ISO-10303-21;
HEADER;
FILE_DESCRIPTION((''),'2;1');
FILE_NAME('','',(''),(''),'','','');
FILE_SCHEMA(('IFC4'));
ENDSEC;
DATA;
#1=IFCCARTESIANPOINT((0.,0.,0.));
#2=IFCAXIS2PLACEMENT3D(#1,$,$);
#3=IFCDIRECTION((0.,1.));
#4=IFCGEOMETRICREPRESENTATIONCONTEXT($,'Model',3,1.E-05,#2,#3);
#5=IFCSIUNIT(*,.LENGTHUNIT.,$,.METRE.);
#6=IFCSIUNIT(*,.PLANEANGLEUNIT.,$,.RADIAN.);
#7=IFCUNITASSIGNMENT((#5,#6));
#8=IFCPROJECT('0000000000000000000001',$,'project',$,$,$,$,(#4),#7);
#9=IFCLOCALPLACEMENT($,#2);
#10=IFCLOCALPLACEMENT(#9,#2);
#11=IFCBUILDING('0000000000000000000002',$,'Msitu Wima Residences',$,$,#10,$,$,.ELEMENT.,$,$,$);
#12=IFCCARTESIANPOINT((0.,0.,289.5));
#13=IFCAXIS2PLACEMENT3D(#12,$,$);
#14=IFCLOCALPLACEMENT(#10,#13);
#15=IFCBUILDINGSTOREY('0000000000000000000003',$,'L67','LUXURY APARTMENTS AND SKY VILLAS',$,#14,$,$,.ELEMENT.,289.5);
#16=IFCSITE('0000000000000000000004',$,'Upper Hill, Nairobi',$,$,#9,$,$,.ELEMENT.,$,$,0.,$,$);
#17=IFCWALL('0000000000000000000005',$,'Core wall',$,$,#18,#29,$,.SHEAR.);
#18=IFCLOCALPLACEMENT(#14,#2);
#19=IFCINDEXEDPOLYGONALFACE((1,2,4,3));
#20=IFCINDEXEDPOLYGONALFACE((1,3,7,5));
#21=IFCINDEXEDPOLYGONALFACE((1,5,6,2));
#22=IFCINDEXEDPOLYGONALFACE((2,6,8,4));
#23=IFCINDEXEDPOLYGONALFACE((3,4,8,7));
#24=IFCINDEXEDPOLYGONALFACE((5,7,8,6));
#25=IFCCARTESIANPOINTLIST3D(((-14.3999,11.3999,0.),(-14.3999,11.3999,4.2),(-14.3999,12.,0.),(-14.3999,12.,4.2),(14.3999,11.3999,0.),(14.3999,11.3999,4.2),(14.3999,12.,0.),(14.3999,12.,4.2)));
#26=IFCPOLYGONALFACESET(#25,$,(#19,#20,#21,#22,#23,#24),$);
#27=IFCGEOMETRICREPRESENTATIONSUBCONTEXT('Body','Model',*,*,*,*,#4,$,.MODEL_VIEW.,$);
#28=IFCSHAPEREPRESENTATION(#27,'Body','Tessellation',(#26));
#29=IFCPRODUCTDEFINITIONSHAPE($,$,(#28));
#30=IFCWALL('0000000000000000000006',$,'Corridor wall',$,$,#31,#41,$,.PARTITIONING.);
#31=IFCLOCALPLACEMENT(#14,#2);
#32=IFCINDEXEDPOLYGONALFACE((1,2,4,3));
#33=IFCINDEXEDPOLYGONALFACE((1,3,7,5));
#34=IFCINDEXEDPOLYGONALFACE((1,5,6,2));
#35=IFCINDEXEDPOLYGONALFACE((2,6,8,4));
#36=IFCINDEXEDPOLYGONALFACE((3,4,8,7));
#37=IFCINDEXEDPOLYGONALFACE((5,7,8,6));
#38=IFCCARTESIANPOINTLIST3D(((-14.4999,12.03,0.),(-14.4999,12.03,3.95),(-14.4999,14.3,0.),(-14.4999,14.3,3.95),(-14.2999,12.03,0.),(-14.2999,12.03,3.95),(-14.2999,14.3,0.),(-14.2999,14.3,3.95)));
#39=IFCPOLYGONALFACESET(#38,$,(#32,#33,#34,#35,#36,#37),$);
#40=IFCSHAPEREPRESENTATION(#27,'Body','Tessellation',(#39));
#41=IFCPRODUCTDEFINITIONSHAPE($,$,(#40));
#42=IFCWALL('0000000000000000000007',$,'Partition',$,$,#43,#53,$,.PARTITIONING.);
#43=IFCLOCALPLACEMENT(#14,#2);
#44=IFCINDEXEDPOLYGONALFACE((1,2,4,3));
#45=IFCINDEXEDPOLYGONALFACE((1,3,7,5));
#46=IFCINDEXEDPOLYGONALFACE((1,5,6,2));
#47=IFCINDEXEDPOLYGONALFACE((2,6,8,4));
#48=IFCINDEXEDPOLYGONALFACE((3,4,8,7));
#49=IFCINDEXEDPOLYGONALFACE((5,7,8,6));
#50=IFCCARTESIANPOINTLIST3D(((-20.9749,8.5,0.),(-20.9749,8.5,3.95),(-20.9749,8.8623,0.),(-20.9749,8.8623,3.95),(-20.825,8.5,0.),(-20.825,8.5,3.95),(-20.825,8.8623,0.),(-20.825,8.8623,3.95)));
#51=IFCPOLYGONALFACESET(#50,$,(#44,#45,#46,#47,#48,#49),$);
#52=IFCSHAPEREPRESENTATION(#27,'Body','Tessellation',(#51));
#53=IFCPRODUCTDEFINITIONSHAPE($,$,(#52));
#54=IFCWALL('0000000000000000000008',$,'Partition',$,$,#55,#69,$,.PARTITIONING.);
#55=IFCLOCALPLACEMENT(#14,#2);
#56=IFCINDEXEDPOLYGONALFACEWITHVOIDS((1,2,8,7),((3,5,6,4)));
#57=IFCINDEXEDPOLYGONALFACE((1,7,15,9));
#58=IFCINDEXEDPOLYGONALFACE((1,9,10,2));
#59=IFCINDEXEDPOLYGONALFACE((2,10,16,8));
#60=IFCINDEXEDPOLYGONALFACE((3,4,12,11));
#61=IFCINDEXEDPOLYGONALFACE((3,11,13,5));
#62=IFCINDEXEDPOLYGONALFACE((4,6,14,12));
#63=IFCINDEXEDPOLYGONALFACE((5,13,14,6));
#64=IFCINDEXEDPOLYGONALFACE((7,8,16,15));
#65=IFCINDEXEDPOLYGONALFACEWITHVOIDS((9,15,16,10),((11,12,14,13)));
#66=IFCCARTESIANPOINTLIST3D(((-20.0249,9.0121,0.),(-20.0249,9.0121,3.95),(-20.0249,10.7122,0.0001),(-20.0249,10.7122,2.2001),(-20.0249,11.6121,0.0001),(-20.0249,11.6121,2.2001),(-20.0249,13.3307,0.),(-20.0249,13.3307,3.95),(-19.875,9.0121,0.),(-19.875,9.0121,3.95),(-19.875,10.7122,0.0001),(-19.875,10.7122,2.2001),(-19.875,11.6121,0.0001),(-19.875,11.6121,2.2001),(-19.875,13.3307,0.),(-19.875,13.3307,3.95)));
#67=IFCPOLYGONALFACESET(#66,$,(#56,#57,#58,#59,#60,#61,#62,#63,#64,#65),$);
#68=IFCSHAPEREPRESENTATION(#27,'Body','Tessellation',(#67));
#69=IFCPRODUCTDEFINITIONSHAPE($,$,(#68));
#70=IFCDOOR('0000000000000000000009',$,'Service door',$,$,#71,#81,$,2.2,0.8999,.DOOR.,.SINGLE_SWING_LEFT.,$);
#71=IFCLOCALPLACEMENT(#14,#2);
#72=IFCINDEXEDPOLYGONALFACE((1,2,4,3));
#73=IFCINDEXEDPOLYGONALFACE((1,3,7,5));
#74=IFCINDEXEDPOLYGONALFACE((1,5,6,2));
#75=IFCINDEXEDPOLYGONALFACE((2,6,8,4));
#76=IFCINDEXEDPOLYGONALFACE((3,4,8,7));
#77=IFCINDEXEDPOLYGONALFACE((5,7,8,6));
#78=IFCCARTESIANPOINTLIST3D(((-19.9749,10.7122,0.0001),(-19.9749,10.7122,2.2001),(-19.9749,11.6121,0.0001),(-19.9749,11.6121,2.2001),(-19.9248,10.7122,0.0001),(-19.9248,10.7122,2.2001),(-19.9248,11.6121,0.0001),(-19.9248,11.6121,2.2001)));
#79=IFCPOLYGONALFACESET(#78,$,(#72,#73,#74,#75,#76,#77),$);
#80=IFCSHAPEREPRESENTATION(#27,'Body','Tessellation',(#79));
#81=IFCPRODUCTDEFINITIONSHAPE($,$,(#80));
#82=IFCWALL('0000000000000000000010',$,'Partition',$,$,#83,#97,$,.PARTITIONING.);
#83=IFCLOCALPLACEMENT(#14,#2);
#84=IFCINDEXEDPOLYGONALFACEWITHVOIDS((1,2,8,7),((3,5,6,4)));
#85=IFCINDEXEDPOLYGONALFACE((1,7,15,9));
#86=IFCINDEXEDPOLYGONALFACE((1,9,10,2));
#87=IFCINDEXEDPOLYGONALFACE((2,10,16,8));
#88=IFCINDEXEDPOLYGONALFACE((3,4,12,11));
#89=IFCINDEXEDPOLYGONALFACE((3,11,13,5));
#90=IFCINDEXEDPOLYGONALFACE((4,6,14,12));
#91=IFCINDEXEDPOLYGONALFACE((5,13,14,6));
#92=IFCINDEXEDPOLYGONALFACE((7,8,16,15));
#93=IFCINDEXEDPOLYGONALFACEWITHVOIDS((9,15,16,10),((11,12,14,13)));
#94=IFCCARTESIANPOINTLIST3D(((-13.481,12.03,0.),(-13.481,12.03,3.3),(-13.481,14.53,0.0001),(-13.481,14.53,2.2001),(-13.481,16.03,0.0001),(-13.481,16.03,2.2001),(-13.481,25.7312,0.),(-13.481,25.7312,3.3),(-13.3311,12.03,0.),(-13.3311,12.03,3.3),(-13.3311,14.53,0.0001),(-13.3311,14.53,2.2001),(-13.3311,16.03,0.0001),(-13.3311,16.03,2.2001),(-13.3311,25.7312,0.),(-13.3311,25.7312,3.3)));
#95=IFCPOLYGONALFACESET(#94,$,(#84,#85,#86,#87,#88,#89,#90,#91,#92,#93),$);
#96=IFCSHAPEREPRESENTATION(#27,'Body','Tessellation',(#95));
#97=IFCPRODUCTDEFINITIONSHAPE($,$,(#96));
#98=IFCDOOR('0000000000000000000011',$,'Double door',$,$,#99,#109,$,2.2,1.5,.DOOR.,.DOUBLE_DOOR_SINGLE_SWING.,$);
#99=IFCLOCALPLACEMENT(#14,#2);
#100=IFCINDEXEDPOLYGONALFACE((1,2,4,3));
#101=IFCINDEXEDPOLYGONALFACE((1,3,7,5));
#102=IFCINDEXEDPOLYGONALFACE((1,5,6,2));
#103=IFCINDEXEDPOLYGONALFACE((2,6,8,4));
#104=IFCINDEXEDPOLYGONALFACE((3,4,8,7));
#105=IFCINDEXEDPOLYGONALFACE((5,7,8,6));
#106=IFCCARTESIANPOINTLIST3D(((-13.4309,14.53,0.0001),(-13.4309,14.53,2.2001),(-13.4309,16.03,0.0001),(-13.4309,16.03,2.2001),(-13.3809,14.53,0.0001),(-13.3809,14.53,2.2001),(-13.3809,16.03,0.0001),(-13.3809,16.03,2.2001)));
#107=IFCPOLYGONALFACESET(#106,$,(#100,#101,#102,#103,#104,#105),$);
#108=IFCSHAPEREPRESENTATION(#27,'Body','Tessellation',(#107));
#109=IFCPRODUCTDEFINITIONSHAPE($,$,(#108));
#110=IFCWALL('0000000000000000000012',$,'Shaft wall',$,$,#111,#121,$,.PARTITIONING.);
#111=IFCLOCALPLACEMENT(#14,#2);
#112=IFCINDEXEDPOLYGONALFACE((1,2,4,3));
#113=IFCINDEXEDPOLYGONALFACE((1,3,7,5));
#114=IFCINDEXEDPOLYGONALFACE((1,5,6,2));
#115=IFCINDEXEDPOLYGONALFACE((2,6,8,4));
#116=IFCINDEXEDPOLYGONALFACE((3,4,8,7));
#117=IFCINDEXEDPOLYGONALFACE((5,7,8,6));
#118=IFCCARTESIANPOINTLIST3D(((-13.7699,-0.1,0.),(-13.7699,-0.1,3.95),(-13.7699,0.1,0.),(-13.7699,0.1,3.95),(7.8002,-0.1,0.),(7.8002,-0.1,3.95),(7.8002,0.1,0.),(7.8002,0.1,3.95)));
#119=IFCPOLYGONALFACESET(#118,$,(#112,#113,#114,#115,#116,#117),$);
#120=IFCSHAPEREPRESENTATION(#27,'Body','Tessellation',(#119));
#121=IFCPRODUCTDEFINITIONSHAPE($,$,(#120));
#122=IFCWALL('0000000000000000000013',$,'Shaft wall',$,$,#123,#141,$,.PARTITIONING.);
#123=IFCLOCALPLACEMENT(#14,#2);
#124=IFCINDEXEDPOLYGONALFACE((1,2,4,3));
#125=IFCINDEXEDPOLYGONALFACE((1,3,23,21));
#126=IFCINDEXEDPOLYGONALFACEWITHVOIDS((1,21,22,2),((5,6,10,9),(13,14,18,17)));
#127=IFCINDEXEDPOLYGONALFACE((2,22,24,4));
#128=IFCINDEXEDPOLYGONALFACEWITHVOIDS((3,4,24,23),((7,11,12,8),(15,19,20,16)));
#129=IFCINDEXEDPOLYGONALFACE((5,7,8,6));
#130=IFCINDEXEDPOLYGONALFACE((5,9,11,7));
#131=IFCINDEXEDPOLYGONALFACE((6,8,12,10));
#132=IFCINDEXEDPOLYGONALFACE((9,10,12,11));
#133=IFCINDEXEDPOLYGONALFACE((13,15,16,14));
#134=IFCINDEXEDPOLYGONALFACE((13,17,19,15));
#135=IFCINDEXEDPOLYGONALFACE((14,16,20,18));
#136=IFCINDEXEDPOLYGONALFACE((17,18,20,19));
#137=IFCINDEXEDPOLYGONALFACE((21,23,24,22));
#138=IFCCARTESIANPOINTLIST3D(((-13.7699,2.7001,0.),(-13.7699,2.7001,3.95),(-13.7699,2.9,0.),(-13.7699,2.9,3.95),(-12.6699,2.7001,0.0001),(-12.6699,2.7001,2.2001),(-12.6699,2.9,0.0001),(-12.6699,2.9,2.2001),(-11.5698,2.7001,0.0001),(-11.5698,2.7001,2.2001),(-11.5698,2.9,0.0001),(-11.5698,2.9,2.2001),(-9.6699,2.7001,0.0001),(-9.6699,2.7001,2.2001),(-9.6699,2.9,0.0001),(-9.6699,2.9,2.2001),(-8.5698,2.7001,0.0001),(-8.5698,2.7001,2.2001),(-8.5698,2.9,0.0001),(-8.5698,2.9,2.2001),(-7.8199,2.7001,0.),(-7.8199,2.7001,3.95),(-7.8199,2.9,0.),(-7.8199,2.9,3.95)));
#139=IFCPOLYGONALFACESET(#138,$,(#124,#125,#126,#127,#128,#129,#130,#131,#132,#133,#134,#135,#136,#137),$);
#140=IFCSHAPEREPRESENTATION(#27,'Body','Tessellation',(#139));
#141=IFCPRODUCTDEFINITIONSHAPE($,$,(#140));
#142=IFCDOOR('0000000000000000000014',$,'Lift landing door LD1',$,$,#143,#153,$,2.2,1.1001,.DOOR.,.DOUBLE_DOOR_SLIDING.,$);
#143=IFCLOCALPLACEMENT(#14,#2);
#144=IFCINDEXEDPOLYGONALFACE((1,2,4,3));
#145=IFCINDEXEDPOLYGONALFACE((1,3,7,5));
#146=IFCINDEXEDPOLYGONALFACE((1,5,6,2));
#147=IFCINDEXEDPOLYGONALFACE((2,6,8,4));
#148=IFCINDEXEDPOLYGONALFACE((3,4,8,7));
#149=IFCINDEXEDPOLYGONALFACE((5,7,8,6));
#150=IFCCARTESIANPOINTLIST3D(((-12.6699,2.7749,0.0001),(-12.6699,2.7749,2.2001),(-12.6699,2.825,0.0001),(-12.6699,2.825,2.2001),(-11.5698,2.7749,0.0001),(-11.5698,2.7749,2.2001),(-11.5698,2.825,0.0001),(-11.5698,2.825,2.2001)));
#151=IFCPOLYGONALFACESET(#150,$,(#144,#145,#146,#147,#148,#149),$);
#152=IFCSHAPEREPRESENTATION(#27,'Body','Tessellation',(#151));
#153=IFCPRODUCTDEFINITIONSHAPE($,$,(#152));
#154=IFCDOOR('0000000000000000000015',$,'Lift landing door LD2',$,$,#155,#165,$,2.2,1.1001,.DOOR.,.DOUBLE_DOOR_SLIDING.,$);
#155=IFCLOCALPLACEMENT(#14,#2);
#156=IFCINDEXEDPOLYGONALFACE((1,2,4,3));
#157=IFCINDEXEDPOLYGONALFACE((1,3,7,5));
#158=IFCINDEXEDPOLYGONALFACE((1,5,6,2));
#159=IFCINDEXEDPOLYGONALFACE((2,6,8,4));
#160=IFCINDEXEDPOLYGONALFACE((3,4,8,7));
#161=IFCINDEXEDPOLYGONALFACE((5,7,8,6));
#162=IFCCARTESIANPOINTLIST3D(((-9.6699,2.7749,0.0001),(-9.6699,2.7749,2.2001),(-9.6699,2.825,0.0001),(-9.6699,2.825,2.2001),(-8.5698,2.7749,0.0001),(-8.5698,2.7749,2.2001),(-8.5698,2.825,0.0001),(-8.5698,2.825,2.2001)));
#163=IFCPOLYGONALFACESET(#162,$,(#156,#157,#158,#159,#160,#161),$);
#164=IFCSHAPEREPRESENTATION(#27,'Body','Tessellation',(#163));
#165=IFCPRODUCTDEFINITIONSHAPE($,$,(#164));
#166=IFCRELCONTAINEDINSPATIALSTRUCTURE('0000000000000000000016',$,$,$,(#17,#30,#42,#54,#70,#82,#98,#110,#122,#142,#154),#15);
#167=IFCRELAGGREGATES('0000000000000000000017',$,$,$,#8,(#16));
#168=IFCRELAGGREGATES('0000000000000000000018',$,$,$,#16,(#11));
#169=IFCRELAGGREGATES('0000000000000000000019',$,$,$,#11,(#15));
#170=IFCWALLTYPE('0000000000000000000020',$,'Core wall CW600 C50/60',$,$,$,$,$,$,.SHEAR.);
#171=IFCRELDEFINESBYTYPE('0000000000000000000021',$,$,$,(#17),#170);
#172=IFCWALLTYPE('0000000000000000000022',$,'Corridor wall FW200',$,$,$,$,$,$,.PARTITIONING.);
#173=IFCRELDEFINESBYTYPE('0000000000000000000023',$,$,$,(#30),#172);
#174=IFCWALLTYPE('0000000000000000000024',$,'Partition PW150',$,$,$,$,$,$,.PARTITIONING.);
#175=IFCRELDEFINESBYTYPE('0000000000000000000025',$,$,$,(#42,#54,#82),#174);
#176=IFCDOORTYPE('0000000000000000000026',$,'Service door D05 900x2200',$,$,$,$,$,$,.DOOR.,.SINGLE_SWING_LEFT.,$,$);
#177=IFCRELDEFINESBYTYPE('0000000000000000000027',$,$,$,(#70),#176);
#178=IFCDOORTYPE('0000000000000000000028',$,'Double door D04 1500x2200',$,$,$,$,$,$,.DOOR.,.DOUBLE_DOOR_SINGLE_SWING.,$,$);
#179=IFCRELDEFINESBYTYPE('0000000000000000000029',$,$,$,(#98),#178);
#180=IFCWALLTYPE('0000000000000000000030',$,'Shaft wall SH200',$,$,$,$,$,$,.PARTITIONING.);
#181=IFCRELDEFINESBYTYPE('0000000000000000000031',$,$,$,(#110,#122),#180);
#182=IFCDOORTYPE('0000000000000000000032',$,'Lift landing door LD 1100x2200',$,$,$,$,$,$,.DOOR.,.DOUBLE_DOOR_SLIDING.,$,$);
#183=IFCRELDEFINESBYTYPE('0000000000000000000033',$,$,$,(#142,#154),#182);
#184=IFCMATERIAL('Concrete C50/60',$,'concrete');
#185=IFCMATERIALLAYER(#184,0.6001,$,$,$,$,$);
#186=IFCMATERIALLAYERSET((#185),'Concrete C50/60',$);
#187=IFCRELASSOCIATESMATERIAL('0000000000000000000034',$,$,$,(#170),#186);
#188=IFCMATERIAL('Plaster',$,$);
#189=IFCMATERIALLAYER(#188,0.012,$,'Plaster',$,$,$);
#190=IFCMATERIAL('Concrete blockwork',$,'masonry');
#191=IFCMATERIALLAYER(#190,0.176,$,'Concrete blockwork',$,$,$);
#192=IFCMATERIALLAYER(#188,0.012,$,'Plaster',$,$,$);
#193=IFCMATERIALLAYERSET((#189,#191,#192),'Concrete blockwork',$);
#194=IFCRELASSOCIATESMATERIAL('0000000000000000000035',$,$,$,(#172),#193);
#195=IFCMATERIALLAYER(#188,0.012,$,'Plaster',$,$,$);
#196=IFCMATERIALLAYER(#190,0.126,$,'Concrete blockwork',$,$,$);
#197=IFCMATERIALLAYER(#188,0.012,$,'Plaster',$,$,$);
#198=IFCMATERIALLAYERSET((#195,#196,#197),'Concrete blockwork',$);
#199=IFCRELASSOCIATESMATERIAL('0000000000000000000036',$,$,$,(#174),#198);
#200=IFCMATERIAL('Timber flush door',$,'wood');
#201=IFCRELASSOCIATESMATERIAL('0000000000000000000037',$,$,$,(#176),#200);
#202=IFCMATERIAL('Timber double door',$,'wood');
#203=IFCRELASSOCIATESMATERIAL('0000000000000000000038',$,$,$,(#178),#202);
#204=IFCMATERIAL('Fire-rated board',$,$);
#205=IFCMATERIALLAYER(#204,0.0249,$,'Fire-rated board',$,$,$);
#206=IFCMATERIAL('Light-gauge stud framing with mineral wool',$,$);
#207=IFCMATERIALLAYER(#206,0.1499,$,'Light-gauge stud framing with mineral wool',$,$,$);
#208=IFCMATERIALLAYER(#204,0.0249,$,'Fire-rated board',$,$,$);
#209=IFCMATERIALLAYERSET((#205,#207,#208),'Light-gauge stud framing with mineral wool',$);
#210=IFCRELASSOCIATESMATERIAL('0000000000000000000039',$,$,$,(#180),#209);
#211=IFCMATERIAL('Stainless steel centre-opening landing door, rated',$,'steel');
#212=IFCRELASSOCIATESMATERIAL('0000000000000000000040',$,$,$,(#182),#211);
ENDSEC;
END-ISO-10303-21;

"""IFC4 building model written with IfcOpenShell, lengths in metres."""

from ifc_helpers import new_model, si_unit, direction, frame, frame_2d, origin, place, context, subcontext, project, spatial, rectangle, extrude, material, layer, layer_set, type_object, element, fill, save


model = new_model("IFC4")

# Units and contexts
model_context = context("Model", 3, precision=1e-05, world=origin(), true_north=direction((0.0, 1.0)))
body_context = subcontext(model_context, "Body", "Model", "MODEL_VIEW")
ifc_project = project(units=[si_unit("LENGTHUNIT", "METRE"), si_unit("PLANEANGLEUNIT", "RADIAN")], contexts=[model_context])

# Site, building, storey
site_placement = place(None, origin())
site = spatial("IfcSite", under=ifc_project, at=site_placement, Name="Upper Hill, Nairobi", CompositionType="ELEMENT", RefElevation=0.0)
building_placement = place(site_placement, origin())
building = spatial("IfcBuilding", under=site, at=building_placement, Name="Msitu Wima Residences", CompositionType="ELEMENT")
storey_placement = place(building_placement, frame((0.0, 0.0, 289.5)))
storey = spatial("IfcBuildingStorey", under=building, at=storey_placement, Name="L67", Description="LUXURY APARTMENTS AND SKY VILLAS", CompositionType="ELEMENT", Elevation=289.5)

# Walls
ifc_material_1 = material(Name="Concrete C50/60", Category="concrete")
ifc_layer_1 = layer(ifc_material_1, 0.6001)
ifc_layer_set_1 = layer_set([ifc_layer_1], Name="Concrete C50/60")
wall_type_1 = type_object("IfcWallType", Name="Core wall CW600 C50/60", PredefinedType="SHEAR", material=ifc_layer_set_1)
wall_1_placement = place(storey_placement, frame((-14.3999, 11.7, 0.0), z_axis=(0.0, 0.0, 1.0), x_axis=(1.0, 0.0, 0.0)))
element("IfcWall", 1, at=wall_1_placement, inside=storey, type_object=wall_type_1, Name="Core wall", PredefinedType="SHEAR", context=body_context, shape_type="SweptSolid", body=[
    extrude(rectangle(XDim=28.7998, YDim=0.6001, at=frame_2d((14.3999, 0.0))), origin(), (0.0, 0.0, 1.0), 4.2),
])
ifc_material_2 = material(Name="Plaster")
ifc_layer_2 = layer(ifc_material_2, 0.012, Name="Plaster")
ifc_material_3 = material(Name="Concrete blockwork", Category="masonry")
ifc_layer_3 = layer(ifc_material_3, 0.176, Name="Concrete blockwork")
ifc_layer_4 = layer(ifc_material_2, 0.012, Name="Plaster")
ifc_layer_set_2 = layer_set([ifc_layer_2, ifc_layer_3, ifc_layer_4], Name="Concrete blockwork")
wall_type_2 = type_object("IfcWallType", Name="Corridor wall FW200", PredefinedType="PARTITIONING", material=ifc_layer_set_2)
wall_2_placement = place(storey_placement, frame((-14.3999, 12.03, 0.0), z_axis=(0.0, 0.0, 1.0), x_axis=(0.0, 1.0, 0.0)))
element("IfcWall", 2, at=wall_2_placement, inside=storey, type_object=wall_type_2, Name="Corridor wall", PredefinedType="PARTITIONING", context=body_context, shape_type="SweptSolid", body=[
    extrude(rectangle(XDim=2.27, YDim=0.2, at=frame_2d((1.135, 0.0))), origin(), (0.0, 0.0, 1.0), 3.95),
])
ifc_layer_5 = layer(ifc_material_2, 0.012, Name="Plaster")
ifc_layer_6 = layer(ifc_material_3, 0.126, Name="Concrete blockwork")
ifc_layer_7 = layer(ifc_material_2, 0.012, Name="Plaster")
ifc_layer_set_3 = layer_set([ifc_layer_5, ifc_layer_6, ifc_layer_7], Name="Concrete blockwork")
wall_type_3 = type_object("IfcWallType", Name="Partition PW150", PredefinedType="PARTITIONING", material=ifc_layer_set_3)
wall_3_placement = place(storey_placement, frame((-20.8999, 8.5, 0.0), z_axis=(0.0, 0.0, 1.0), x_axis=(0.0, 1.0, 0.0)))
element("IfcWall", 3, at=wall_3_placement, inside=storey, type_object=wall_type_3, Name="Partition", PredefinedType="PARTITIONING", context=body_context, shape_type="SweptSolid", body=[
    extrude(rectangle(XDim=0.3623, YDim=0.1499, at=frame_2d((0.1812, 0.0))), origin(), (0.0, 0.0, 1.0), 3.95),
])

# Walls, openings, doors
wall_4_placement = place(storey_placement, frame((-19.95, 9.0122, 0.0), z_axis=(0.0, 0.0, 1.0), x_axis=(0.0, 1.0, 0.0)))
wall_4 = element("IfcWall", 4, at=wall_4_placement, inside=storey, type_object=wall_type_3, Name="Partition", PredefinedType="PARTITIONING", context=body_context, shape_type="SweptSolid", body=[
    extrude(rectangle(XDim=4.3186, YDim=0.1499, at=frame_2d((2.1592, 0.0))), origin(), (0.0, 0.0, 1.0), 3.95),
])
opening_1_placement = place(wall_4_placement, frame((1.7, 0.0, 0.0)))
opening_1 = element("IfcOpeningElement", 5, at=opening_1_placement, cuts=wall_4, PredefinedType="OPENING", context=body_context, shape_type="SweptSolid", body=[
    extrude(rectangle(XDim=0.8999, YDim=2.2, at=frame_2d((0.45, 1.1001))), frame((0.0, 0.085, 0.0), z_axis=(0.0, -1.0, 0.0), x_axis=(1.0, 0.0, 0.0)), (0.0, 0.0, 1.0), 0.1699),
])
ifc_material_4 = material(Name="Timber flush door", Category="wood")
door_type_1 = type_object("IfcDoorType", Name="Service door D05 900x2200", OperationType="SINGLE_SWING_LEFT", PredefinedType="DOOR", material=ifc_material_4)
door_1_placement = place(opening_1_placement, origin())
door_1 = element("IfcDoor", 6, at=door_1_placement, inside=storey, type_object=door_type_1, Name="Service door", OperationType="SINGLE_SWING_LEFT", OverallHeight=2.2, OverallWidth=0.8999, PredefinedType="DOOR", context=body_context, shape_type="SweptSolid", body=[
    extrude(rectangle(XDim=0.8999, YDim=2.2, at=frame_2d((0.45, 1.1001))), frame((0.0, 0.0249, 0.0), z_axis=(0.0, -1.0, 0.0), x_axis=(1.0, 0.0, 0.0)), (0.0, 0.0, 1.0), 0.05),
])
fill(opening_1, door_1)
wall_5_placement = place(storey_placement, frame((-13.406, 12.03, 0.0), z_axis=(0.0, 0.0, 1.0), x_axis=(0.0, 1.0, 0.0)))
wall_5 = element("IfcWall", 7, at=wall_5_placement, inside=storey, type_object=wall_type_3, Name="Partition", PredefinedType="PARTITIONING", context=body_context, shape_type="SweptSolid", body=[
    extrude(rectangle(XDim=13.7012, YDim=0.1499, at=frame_2d((6.8506, 0.0))), origin(), (0.0, 0.0, 1.0), 3.3),
])
opening_2_placement = place(wall_5_placement, frame((2.5, 0.0, 0.0)))
opening_2 = element("IfcOpeningElement", 8, at=opening_2_placement, cuts=wall_5, PredefinedType="OPENING", context=body_context, shape_type="SweptSolid", body=[
    extrude(rectangle(XDim=1.5, YDim=2.2, at=frame_2d((0.75, 1.1001))), frame((0.0, 0.085, 0.0), z_axis=(0.0, -1.0, 0.0), x_axis=(1.0, 0.0, 0.0)), (0.0, 0.0, 1.0), 0.1699),
])
ifc_material_5 = material(Name="Timber double door", Category="wood")
door_type_2 = type_object("IfcDoorType", Name="Double door D04 1500x2200", OperationType="DOUBLE_DOOR_SINGLE_SWING", PredefinedType="DOOR", material=ifc_material_5)
door_2_placement = place(opening_2_placement, origin())
door_2 = element("IfcDoor", 9, at=door_2_placement, inside=storey, type_object=door_type_2, Name="Double door", OperationType="DOUBLE_DOOR_SINGLE_SWING", OverallHeight=2.2, OverallWidth=1.5, PredefinedType="DOOR", context=body_context, shape_type="SweptSolid", body=[
    extrude(rectangle(XDim=1.5, YDim=2.2, at=frame_2d((0.75, 1.1001))), frame((0.0, 0.0249, 0.0), z_axis=(0.0, -1.0, 0.0), x_axis=(1.0, 0.0, 0.0)), (0.0, 0.0, 1.0), 0.05),
])
fill(opening_2, door_2)

# Wall
ifc_material_6 = material(Name="Fire-rated board")
ifc_layer_8 = layer(ifc_material_6, 0.0249, Name="Fire-rated board")
ifc_material_7 = material(Name="Light-gauge stud framing with mineral wool")
ifc_layer_9 = layer(ifc_material_7, 0.1499, Name="Light-gauge stud framing with mineral wool")
ifc_layer_10 = layer(ifc_material_6, 0.0249, Name="Fire-rated board")
ifc_layer_set_4 = layer_set([ifc_layer_8, ifc_layer_9, ifc_layer_10], Name="Light-gauge stud framing with mineral wool")
wall_type_4 = type_object("IfcWallType", Name="Shaft wall SH200", PredefinedType="PARTITIONING", material=ifc_layer_set_4)
wall_6_placement = place(storey_placement, frame((-13.77, 0.0, 0.0), z_axis=(0.0, 0.0, 1.0), x_axis=(1.0, 0.0, 0.0)))
element("IfcWall", 10, at=wall_6_placement, inside=storey, type_object=wall_type_4, Name="Shaft wall", PredefinedType="PARTITIONING", context=body_context, shape_type="SweptSolid", body=[
    extrude(rectangle(XDim=21.5701, YDim=0.2, at=frame_2d((10.7852, 0.0))), origin(), (0.0, 0.0, 1.0), 3.95),
])

# Wall, openings, doors
wall_7_placement = place(storey_placement, frame((-13.77, 2.8, 0.0), z_axis=(0.0, 0.0, 1.0), x_axis=(1.0, 0.0, 0.0)))
wall_7 = element("IfcWall", 11, at=wall_7_placement, inside=storey, type_object=wall_type_4, Name="Shaft wall", PredefinedType="PARTITIONING", context=body_context, shape_type="SweptSolid", body=[
    extrude(rectangle(XDim=5.95, YDim=0.2, at=frame_2d((2.9751, 0.0))), origin(), (0.0, 0.0, 1.0), 3.95),
])
opening_3_placement = place(wall_7_placement, frame((1.1001, 0.0, 0.0)))
opening_3 = element("IfcOpeningElement", 12, at=opening_3_placement, cuts=wall_7, PredefinedType="OPENING", context=body_context, shape_type="SweptSolid", body=[
    extrude(rectangle(XDim=1.1001, YDim=2.2, at=frame_2d((0.55, 1.1001))), frame((0.0, 0.1099, 0.0), z_axis=(0.0, -1.0, 0.0), x_axis=(1.0, 0.0, 0.0)), (0.0, 0.0, 1.0), 0.22),
])
opening_4_placement = place(wall_7_placement, frame((4.1001, 0.0, 0.0)))
opening_4 = element("IfcOpeningElement", 13, at=opening_4_placement, cuts=wall_7, PredefinedType="OPENING", context=body_context, shape_type="SweptSolid", body=[
    extrude(rectangle(XDim=1.1001, YDim=2.2, at=frame_2d((0.55, 1.1001))), frame((0.0, 0.1099, 0.0), z_axis=(0.0, -1.0, 0.0), x_axis=(1.0, 0.0, 0.0)), (0.0, 0.0, 1.0), 0.22),
])
ifc_material_8 = material(Name="Stainless steel centre-opening landing door, rated", Category="steel")
door_type_3 = type_object("IfcDoorType", Name="Lift landing door LD 1100x2200", OperationType="DOUBLE_DOOR_SLIDING", PredefinedType="DOOR", material=ifc_material_8)
door_3_placement = place(opening_3_placement, origin())
door_3 = element("IfcDoor", 14, at=door_3_placement, inside=storey, type_object=door_type_3, Name="Lift landing door LD1", OperationType="DOUBLE_DOOR_SLIDING", OverallHeight=2.2, OverallWidth=1.1001, PredefinedType="DOOR", context=body_context, shape_type="SweptSolid", body=[
    extrude(rectangle(XDim=1.1001, YDim=2.2, at=frame_2d((0.55, 1.1001))), frame((0.0, 0.0249, 0.0), z_axis=(0.0, -1.0, 0.0), x_axis=(1.0, 0.0, 0.0)), (0.0, 0.0, 1.0), 0.05),
])
fill(opening_3, door_3)
door_4_placement = place(opening_4_placement, origin())
door_4 = element("IfcDoor", 15, at=door_4_placement, inside=storey, type_object=door_type_3, Name="Lift landing door LD2", OperationType="DOUBLE_DOOR_SLIDING", OverallHeight=2.2, OverallWidth=1.1001, PredefinedType="DOOR", context=body_context, shape_type="SweptSolid", body=[
    extrude(rectangle(XDim=1.1001, YDim=2.2, at=frame_2d((0.55, 1.1001))), frame((0.0, 0.0249, 0.0), z_axis=(0.0, -1.0, 0.0), x_axis=(1.0, 0.0, 0.0)), (0.0, 0.0, 1.0), 0.05),
])
fill(opening_4, door_4)

save(model, "model.ifc")
